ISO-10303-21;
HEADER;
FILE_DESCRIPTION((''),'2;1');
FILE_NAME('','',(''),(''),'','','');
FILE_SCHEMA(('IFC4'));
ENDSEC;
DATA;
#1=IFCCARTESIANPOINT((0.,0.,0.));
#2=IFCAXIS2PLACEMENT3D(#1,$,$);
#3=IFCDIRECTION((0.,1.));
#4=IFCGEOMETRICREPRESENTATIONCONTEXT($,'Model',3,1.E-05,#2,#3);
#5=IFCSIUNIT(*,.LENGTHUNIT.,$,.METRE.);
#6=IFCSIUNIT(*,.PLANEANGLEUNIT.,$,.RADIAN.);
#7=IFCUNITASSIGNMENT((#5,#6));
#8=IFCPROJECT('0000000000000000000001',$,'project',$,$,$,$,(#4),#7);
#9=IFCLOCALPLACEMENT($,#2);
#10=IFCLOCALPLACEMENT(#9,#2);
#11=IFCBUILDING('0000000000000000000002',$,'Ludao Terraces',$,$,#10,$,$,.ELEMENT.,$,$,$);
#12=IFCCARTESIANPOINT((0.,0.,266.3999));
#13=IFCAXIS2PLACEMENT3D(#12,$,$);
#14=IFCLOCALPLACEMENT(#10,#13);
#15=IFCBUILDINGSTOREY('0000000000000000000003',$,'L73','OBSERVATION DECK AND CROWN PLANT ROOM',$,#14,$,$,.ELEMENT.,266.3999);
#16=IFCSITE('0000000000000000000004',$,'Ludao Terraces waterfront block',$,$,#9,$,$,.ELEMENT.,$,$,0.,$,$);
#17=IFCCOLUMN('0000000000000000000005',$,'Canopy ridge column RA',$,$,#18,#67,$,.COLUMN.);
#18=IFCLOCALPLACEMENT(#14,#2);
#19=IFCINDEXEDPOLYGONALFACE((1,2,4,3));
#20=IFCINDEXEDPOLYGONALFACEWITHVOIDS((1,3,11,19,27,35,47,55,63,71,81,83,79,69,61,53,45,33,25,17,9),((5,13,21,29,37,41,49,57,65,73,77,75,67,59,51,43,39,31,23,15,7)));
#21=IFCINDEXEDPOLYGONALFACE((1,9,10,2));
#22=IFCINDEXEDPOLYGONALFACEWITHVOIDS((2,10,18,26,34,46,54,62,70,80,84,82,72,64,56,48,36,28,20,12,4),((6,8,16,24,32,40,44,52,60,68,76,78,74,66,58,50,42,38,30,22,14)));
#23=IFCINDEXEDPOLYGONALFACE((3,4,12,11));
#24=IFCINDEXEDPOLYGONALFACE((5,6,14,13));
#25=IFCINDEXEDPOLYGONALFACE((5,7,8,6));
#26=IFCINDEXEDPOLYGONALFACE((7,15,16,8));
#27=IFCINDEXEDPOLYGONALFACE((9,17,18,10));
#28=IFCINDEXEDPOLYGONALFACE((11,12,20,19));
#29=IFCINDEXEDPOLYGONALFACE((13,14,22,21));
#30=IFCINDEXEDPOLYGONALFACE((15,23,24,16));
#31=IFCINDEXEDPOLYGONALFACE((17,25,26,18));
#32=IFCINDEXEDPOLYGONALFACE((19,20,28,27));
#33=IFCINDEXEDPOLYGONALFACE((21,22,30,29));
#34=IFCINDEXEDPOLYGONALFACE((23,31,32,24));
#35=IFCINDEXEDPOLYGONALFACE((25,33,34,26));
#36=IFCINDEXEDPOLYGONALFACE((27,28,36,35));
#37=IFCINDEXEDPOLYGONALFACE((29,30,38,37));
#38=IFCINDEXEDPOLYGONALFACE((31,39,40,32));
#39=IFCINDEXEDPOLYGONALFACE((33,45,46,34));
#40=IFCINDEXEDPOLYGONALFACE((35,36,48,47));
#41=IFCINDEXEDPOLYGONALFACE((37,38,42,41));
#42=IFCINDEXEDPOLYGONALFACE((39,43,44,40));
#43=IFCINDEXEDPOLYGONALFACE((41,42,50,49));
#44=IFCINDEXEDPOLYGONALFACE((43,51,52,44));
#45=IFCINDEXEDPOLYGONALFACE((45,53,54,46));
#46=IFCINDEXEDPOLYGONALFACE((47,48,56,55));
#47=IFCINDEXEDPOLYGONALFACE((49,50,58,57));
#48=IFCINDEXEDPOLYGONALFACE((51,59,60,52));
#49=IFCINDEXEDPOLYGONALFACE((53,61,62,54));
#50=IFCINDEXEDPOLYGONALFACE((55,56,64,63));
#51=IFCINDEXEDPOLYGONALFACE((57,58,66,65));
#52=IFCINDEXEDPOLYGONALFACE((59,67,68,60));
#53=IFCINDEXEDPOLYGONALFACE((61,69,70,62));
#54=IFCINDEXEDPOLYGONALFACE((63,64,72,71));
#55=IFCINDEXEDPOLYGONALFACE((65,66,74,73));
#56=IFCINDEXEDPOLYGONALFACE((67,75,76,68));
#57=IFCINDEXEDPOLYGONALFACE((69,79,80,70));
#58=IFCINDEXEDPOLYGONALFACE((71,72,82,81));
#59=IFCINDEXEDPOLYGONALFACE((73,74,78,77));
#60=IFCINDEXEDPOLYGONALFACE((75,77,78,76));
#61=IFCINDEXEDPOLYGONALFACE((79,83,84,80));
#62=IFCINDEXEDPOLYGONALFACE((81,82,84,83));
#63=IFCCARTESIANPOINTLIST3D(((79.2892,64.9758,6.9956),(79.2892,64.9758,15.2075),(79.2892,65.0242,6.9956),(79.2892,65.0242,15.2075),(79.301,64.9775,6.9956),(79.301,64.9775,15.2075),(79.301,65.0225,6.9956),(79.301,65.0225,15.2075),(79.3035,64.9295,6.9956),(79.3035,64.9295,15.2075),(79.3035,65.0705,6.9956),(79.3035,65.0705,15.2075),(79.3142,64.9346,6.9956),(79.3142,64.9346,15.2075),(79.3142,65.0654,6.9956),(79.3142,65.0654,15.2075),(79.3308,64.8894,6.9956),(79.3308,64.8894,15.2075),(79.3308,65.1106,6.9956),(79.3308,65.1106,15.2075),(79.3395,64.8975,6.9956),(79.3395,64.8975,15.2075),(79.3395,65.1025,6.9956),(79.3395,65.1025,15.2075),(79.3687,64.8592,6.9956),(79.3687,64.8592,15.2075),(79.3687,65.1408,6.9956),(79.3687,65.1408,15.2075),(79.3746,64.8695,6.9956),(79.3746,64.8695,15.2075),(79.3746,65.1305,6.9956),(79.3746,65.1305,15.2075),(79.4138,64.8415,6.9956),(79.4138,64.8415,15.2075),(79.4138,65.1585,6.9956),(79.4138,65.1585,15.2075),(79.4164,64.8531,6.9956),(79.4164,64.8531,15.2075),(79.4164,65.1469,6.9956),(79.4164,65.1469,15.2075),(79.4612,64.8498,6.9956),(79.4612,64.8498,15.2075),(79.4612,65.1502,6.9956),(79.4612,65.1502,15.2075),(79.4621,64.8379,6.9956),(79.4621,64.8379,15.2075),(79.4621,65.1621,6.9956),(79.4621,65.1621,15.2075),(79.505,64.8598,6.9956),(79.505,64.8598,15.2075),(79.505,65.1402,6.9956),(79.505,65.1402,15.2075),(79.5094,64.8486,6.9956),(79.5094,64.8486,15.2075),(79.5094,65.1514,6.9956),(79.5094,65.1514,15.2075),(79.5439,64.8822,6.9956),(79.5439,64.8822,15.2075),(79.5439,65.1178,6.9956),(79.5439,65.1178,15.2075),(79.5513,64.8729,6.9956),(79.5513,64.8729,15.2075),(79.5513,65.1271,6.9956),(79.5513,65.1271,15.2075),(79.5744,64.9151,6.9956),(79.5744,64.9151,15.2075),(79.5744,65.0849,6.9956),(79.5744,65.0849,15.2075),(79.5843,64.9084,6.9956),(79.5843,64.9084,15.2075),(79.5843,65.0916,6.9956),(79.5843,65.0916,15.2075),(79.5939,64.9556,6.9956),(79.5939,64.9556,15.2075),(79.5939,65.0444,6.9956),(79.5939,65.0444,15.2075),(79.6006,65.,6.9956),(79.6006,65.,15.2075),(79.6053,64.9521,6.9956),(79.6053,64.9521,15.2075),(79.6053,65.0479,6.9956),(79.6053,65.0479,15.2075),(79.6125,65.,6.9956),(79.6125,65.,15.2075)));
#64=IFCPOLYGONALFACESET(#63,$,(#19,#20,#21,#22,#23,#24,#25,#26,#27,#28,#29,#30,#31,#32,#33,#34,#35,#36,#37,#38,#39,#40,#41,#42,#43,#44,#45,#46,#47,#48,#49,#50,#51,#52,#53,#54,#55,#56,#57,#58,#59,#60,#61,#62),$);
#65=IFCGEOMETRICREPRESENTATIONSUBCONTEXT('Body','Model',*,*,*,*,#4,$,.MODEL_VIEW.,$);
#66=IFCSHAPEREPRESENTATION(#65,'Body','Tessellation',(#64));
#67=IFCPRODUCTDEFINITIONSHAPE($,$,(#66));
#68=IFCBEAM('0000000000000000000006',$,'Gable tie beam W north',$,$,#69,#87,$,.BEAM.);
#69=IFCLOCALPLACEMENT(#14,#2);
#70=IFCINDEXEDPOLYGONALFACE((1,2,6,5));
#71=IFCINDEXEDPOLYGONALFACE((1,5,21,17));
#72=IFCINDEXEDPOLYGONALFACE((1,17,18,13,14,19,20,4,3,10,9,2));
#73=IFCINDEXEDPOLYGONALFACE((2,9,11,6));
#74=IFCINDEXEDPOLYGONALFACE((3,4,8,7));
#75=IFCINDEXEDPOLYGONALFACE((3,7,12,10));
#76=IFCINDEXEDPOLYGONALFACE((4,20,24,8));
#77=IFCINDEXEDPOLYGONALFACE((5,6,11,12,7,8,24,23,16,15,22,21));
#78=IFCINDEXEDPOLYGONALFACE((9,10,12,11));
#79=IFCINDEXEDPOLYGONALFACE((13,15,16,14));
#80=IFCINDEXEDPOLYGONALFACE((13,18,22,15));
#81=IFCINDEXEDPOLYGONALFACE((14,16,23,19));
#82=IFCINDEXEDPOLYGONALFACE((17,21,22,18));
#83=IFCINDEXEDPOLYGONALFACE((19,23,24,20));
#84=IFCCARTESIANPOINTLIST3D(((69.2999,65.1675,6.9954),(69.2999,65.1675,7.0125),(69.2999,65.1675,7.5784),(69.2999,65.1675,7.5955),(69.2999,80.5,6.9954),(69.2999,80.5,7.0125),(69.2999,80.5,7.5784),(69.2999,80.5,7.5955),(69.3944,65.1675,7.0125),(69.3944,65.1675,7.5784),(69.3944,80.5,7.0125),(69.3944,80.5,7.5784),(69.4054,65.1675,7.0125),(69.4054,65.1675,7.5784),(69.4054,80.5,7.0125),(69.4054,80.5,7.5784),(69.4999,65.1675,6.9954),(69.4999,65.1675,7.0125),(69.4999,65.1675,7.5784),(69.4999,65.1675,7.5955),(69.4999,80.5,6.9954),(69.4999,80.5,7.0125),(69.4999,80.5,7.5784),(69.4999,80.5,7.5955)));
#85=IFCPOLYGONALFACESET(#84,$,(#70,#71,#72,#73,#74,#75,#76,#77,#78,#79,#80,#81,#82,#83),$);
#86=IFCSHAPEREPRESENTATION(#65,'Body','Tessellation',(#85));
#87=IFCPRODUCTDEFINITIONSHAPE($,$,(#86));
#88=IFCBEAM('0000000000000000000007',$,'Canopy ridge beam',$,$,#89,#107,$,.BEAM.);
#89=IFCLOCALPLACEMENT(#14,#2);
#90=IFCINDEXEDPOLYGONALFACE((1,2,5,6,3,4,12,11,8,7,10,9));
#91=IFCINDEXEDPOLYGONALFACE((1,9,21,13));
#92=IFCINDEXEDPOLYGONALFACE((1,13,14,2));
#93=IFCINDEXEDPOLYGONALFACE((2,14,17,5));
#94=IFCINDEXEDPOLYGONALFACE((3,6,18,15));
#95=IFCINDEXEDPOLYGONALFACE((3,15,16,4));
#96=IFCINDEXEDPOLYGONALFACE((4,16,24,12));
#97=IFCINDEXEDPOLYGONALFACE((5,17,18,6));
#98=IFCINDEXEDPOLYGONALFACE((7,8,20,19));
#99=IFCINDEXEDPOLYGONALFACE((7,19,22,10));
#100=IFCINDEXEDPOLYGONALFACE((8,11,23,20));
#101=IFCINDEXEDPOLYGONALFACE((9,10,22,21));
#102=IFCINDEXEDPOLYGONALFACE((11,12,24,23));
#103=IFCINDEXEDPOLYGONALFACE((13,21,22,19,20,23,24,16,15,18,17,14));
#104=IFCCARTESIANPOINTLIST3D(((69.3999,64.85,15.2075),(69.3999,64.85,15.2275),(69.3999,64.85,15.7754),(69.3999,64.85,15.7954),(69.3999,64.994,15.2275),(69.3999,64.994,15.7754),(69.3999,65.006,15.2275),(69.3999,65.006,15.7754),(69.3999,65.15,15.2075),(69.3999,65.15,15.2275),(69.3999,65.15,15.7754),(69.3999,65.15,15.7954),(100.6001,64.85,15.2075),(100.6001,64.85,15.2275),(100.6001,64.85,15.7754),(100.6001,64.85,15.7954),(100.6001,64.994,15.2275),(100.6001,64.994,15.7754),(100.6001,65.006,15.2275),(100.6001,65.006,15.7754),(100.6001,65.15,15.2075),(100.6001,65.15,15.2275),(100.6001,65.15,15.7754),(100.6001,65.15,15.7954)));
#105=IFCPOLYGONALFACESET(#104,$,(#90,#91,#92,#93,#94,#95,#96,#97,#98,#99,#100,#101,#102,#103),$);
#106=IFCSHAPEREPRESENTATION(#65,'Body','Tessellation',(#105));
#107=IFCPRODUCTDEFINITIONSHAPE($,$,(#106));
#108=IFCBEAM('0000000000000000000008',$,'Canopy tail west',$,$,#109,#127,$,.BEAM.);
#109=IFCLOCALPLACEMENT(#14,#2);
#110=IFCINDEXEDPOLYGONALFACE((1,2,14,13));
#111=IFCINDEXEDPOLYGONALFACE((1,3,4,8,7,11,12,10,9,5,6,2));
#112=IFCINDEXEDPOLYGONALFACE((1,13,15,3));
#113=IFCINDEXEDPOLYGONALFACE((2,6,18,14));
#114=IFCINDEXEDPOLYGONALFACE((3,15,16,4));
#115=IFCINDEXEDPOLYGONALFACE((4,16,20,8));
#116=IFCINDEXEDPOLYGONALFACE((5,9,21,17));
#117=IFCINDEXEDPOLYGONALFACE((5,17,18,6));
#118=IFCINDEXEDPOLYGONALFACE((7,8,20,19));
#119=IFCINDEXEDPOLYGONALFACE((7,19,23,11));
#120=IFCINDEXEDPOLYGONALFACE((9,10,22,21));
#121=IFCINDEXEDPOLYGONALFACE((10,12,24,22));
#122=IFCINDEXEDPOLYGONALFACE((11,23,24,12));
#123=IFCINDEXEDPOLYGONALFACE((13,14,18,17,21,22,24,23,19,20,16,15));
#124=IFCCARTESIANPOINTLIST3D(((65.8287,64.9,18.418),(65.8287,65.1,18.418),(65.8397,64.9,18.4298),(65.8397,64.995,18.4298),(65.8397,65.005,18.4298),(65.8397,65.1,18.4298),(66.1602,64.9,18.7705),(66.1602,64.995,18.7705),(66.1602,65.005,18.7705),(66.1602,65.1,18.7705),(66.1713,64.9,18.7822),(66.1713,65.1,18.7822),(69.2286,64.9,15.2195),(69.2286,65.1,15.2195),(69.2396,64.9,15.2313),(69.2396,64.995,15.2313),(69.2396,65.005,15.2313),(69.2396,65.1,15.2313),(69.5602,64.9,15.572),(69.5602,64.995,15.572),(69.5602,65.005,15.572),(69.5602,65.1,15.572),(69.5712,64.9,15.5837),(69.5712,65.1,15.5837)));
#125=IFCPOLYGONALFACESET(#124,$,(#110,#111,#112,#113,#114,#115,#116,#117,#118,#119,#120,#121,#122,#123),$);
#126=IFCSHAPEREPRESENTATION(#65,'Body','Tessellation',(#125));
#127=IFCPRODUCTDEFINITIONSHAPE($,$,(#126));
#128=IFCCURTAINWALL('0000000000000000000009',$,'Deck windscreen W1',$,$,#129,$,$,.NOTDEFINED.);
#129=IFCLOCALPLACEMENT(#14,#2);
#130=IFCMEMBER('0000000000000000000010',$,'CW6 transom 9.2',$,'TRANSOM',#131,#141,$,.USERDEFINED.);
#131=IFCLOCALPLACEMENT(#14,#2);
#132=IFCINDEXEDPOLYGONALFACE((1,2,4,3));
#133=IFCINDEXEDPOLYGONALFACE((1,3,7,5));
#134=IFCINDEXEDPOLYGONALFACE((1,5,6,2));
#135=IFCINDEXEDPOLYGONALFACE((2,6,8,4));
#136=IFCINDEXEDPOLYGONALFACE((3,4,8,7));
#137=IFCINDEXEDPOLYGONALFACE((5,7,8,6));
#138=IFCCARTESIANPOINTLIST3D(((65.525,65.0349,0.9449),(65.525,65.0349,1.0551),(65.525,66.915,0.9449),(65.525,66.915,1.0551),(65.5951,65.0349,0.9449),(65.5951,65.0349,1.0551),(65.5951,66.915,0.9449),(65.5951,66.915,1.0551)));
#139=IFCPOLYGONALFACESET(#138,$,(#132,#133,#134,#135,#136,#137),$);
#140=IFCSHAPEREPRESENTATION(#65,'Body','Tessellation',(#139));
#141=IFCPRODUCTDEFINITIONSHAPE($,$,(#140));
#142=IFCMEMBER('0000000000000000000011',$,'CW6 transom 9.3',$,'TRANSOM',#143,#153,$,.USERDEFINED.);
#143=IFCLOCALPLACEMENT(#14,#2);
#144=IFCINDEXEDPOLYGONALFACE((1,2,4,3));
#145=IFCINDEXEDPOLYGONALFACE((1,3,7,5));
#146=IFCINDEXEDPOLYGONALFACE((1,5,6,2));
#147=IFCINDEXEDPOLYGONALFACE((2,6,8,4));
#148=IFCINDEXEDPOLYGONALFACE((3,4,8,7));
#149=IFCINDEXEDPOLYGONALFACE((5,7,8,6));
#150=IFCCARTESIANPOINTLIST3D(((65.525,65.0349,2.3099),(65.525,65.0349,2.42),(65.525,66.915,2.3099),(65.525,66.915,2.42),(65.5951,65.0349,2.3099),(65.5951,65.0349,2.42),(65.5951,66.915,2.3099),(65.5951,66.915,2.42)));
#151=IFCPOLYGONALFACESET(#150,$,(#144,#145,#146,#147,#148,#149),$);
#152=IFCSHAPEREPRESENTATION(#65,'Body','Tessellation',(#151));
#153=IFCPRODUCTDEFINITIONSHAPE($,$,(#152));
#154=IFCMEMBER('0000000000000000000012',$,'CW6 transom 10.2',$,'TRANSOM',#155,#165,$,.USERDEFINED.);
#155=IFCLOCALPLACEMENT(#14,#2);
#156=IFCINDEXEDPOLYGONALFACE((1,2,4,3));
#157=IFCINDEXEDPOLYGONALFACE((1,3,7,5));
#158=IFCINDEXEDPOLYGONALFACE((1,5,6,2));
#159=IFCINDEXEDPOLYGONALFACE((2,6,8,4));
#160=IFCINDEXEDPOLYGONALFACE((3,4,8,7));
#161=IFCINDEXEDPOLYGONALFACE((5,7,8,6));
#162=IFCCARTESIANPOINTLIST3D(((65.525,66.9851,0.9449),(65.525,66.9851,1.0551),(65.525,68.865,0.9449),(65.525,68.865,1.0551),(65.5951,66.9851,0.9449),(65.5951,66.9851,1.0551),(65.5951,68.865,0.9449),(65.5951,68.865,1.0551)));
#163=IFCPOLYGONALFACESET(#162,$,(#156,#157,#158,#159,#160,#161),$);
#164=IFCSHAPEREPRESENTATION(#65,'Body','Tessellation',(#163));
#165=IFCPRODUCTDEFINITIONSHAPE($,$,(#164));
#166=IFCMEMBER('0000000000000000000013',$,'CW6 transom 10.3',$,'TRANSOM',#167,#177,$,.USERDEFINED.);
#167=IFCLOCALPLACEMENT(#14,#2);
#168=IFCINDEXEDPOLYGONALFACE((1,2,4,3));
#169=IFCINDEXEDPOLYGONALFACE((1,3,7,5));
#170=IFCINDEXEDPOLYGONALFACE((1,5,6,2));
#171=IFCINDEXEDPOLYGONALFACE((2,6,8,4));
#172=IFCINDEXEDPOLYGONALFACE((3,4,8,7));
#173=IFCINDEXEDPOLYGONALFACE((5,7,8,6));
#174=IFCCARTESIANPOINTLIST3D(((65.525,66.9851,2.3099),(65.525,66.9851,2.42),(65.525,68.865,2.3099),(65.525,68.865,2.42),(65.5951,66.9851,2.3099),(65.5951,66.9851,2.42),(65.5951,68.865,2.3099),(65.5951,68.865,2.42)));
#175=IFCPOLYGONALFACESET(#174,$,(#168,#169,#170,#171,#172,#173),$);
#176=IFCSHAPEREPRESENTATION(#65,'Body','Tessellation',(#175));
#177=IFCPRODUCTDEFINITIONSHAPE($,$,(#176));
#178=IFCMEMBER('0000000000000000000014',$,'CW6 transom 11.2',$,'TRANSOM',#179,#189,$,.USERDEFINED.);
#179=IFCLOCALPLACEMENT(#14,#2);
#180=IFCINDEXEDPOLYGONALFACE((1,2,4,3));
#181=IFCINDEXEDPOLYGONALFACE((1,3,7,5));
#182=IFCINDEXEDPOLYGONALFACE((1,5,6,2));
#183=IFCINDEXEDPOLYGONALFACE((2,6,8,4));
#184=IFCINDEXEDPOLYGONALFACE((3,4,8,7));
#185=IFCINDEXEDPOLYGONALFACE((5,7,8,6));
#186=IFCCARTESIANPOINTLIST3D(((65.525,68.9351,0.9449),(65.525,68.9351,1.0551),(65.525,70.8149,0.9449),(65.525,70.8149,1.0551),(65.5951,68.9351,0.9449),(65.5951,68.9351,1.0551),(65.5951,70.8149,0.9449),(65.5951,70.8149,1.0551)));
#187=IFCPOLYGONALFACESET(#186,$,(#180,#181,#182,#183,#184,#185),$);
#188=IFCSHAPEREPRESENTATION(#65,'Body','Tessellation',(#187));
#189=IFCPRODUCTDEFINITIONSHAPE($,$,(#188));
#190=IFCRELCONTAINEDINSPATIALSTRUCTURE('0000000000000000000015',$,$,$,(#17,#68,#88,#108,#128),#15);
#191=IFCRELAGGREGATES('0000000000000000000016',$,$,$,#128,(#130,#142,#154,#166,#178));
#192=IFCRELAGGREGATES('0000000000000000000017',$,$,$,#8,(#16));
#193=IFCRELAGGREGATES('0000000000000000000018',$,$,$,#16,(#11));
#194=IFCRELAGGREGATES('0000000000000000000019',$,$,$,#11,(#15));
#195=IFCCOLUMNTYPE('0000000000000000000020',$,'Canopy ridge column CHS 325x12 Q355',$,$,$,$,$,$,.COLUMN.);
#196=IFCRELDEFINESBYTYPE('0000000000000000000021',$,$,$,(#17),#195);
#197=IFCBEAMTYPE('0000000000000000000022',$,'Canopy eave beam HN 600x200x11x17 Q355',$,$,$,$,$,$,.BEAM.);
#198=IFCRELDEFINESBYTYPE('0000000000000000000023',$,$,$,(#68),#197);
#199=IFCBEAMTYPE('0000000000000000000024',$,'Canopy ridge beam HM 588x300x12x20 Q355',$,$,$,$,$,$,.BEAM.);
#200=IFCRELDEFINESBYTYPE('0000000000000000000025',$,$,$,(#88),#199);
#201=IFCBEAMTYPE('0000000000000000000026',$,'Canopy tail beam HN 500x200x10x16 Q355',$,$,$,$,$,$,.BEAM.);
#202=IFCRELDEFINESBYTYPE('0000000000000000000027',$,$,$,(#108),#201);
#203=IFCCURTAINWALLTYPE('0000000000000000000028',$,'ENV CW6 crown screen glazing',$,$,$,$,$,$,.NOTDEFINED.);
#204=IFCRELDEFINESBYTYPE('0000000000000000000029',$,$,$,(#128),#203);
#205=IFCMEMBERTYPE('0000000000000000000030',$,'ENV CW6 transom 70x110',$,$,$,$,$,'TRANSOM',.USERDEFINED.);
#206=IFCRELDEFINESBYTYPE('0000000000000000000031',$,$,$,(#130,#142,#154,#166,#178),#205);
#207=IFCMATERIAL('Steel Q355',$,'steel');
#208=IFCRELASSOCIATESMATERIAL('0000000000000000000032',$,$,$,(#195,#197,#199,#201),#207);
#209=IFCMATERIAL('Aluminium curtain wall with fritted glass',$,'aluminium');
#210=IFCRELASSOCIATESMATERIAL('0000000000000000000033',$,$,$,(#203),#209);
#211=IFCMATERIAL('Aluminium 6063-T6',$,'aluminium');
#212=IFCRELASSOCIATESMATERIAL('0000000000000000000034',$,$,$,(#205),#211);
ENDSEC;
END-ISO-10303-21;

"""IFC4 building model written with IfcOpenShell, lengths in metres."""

from ifc_helpers import new_model, si_unit, direction, frame, origin, origin_2d, place, context, subcontext, project, spatial, rectangle, hollow_circle, i_section, extrude, material, material_profile, profile_set, type_object, element, aggregate, save


model = new_model("IFC4")

# Units and contexts
model_context = context("Model", 3, precision=1e-05, world=origin(), true_north=direction((0.0, 1.0)))
body_context = subcontext(model_context, "Body", "Model", "MODEL_VIEW")
ifc_project = project(units=[si_unit("LENGTHUNIT", "METRE"), si_unit("PLANEANGLEUNIT", "RADIAN")], contexts=[model_context])

# Site, building, storey
site_placement = place(None, origin())
site = spatial("IfcSite", under=ifc_project, at=site_placement, Name="Ludao Terraces waterfront block", CompositionType="ELEMENT", RefElevation=0.0)
building_placement = place(site_placement, origin())
building = spatial("IfcBuilding", under=site, at=building_placement, Name="Ludao Terraces", CompositionType="ELEMENT")
storey_placement = place(building_placement, frame((0.0, 0.0, 266.3999)))
storey = spatial("IfcBuildingStorey", under=building, at=storey_placement, Name="L73", Description="OBSERVATION DECK AND CROWN PLANT ROOM", CompositionType="ELEMENT", Elevation=266.3999)

# Column
ifc_material_1 = material(Name="Steel Q355", Category="steel")
ifc_material_profile_1 = material_profile(ifc_material_1, hollow_circle(Radius=0.1626, WallThickness=0.012, at=origin_2d()), Name="CHS 325X12")
ifc_profile_set_1 = profile_set([ifc_material_profile_1], Name="Steel Q355")
column_type = type_object("IfcColumnType", Name="Canopy ridge column CHS 325x12 Q355", PredefinedType="COLUMN", material=ifc_profile_set_1)
column_placement = place(storey_placement, frame((79.45, 65.0, 6.9956), z_axis=(0.0, 0.0, 1.0), x_axis=(1.0, 0.0, 0.0)))
element("IfcColumn", 1, at=column_placement, inside=storey, type_object=column_type, Name="Canopy ridge column RA", PredefinedType="COLUMN", context=body_context, shape_type="SweptSolid", body=[
    extrude(hollow_circle(Radius=0.1626, WallThickness=0.012, at=origin_2d()), origin(), (0.0, 0.0, 1.0), 8.2119),
])

# Beams
ifc_material_profile_2 = material_profile(ifc_material_1, i_section(OverallWidth=0.2, OverallDepth=0.6001, WebThickness=0.011, FlangeThickness=0.0171, at=origin_2d()), Name="HN 600X200X11X17")
ifc_profile_set_2 = profile_set([ifc_material_profile_2], Name="Steel Q355")
beam_type_1 = type_object("IfcBeamType", Name="Canopy eave beam HN 600x200x11x17 Q355", PredefinedType="BEAM", material=ifc_profile_set_2)
beam_1_placement = place(storey_placement, frame((69.3999, 65.1675, 7.2954), z_axis=(0.0, 1.0, 0.0), x_axis=(-1.0, 0.0, 0.0)))
element("IfcBeam", 2, at=beam_1_placement, inside=storey, type_object=beam_type_1, Name="Gable tie beam W north", PredefinedType="BEAM", context=body_context, shape_type="SweptSolid", body=[
    extrude(i_section(OverallWidth=0.2, OverallDepth=0.6001, WebThickness=0.011, FlangeThickness=0.0171, at=origin_2d()), origin(), (0.0, 0.0, 1.0), 15.3325),
])
ifc_material_profile_3 = material_profile(ifc_material_1, i_section(OverallWidth=0.3, OverallDepth=0.5879, WebThickness=0.012, FlangeThickness=0.02, at=origin_2d()), Name="HM 588X300X12X20")
ifc_profile_set_3 = profile_set([ifc_material_profile_3], Name="Steel Q355")
beam_type_2 = type_object("IfcBeamType", Name="Canopy ridge beam HM 588x300x12x20 Q355", PredefinedType="BEAM", material=ifc_profile_set_3)
beam_2_placement = place(storey_placement, frame((69.3999, 65.0, 15.5015), z_axis=(1.0, 0.0, 0.0), x_axis=(0.0, 1.0, 0.0)))
element("IfcBeam", 3, at=beam_2_placement, inside=storey, type_object=beam_type_2, Name="Canopy ridge beam", PredefinedType="BEAM", context=body_context, shape_type="SweptSolid", body=[
    extrude(i_section(OverallWidth=0.3, OverallDepth=0.5879, WebThickness=0.012, FlangeThickness=0.02, at=origin_2d()), origin(), (0.0, 0.0, 1.0), 31.2002),
])
ifc_material_profile_4 = material_profile(ifc_material_1, i_section(OverallWidth=0.2, OverallDepth=0.5, WebThickness=0.01, FlangeThickness=0.0161, at=origin_2d()), Name="HN 500X200X10X16")
ifc_profile_set_4 = profile_set([ifc_material_profile_4], Name="Steel Q355")
beam_type_3 = type_object("IfcBeamType", Name="Canopy tail beam HN 500x200x10x16 Q355", PredefinedType="BEAM", material=ifc_profile_set_4)
beam_3_placement = place(storey_placement, frame((69.3999, 65.0, 15.4016), z_axis=(-0.728352, 0.0, 0.685203), x_axis=(0.0, -1.0, 0.0)))
element("IfcBeam", 4, at=beam_3_placement, inside=storey, type_object=beam_type_3, Name="Canopy tail west", PredefinedType="BEAM", context=body_context, shape_type="SweptSolid", body=[
    extrude(i_section(OverallWidth=0.2, OverallDepth=0.5, WebThickness=0.01, FlangeThickness=0.0161, at=origin_2d()), origin(), (0.0, 0.0, 1.0), 4.668),
])

# Curtain wall, members
ifc_material_2 = material(Name="Aluminium curtain wall with fritted glass", Category="aluminium")
curtain_wall_type = type_object("IfcCurtainWallType", Name="ENV CW6 crown screen glazing", PredefinedType="NOTDEFINED", material=ifc_material_2)
curtain_wall_placement = place(storey_placement, origin())
curtain_wall = element("IfcCurtainWall", 5, at=curtain_wall_placement, inside=storey, type_object=curtain_wall_type, Name="Deck windscreen W1", PredefinedType="NOTDEFINED")
ifc_material_3 = material(Name="Aluminium 6063-T6", Category="aluminium")
ifc_material_profile_5 = material_profile(ifc_material_3, rectangle(XDim=0.0701, YDim=0.1101, at=origin_2d()), Name="70 X 110")
ifc_profile_set_5 = profile_set([ifc_material_profile_5], Name="Aluminium 6063-T6")
member_type = type_object("IfcMemberType", Name="ENV CW6 transom 70x110", ElementType="TRANSOM", PredefinedType="USERDEFINED", material=ifc_profile_set_5)
member_1_placement = place(storey_placement, frame((65.5601, 65.0349, 1.0), z_axis=(0.0, 1.0, 0.0), x_axis=(-1.0, 0.0, 0.0)))
member_1 = element("IfcMember", 6, at=member_1_placement, type_object=member_type, Name="CW6 transom 9.2", ObjectType="TRANSOM", PredefinedType="USERDEFINED", context=body_context, shape_type="SweptSolid", body=[
    extrude(rectangle(XDim=0.0701, YDim=0.1101, at=origin_2d()), origin(), (0.0, 0.0, 1.0), 1.8801),
])
member_2_placement = place(storey_placement, frame((65.5601, 65.0349, 2.365), z_axis=(0.0, 1.0, 0.0), x_axis=(-1.0, 0.0, 0.0)))
member_2 = element("IfcMember", 7, at=member_2_placement, type_object=member_type, Name="CW6 transom 9.3", ObjectType="TRANSOM", PredefinedType="USERDEFINED", context=body_context, shape_type="SweptSolid", body=[
    extrude(rectangle(XDim=0.0701, YDim=0.1101, at=origin_2d()), origin(), (0.0, 0.0, 1.0), 1.8801),
])
member_3_placement = place(storey_placement, frame((65.5601, 66.9851, 1.0), z_axis=(0.0, 1.0, 0.0), x_axis=(-1.0, 0.0, 0.0)))
member_3 = element("IfcMember", 8, at=member_3_placement, type_object=member_type, Name="CW6 transom 10.2", ObjectType="TRANSOM", PredefinedType="USERDEFINED", context=body_context, shape_type="SweptSolid", body=[
    extrude(rectangle(XDim=0.0701, YDim=0.1101, at=origin_2d()), origin(), (0.0, 0.0, 1.0), 1.8799),
])
member_4_placement = place(storey_placement, frame((65.5601, 66.9851, 2.365), z_axis=(0.0, 1.0, 0.0), x_axis=(-1.0, 0.0, 0.0)))
member_4 = element("IfcMember", 9, at=member_4_placement, type_object=member_type, Name="CW6 transom 10.3", ObjectType="TRANSOM", PredefinedType="USERDEFINED", context=body_context, shape_type="SweptSolid", body=[
    extrude(rectangle(XDim=0.0701, YDim=0.1101, at=origin_2d()), origin(), (0.0, 0.0, 1.0), 1.8799),
])
member_5_placement = place(storey_placement, frame((65.5601, 68.9351, 1.0), z_axis=(0.0, 1.0, 0.0), x_axis=(-1.0, 0.0, 0.0)))
member_5 = element("IfcMember", 10, at=member_5_placement, type_object=member_type, Name="CW6 transom 11.2", ObjectType="TRANSOM", PredefinedType="USERDEFINED", context=body_context, shape_type="SweptSolid", body=[
    extrude(rectangle(XDim=0.0701, YDim=0.1101, at=origin_2d()), origin(), (0.0, 0.0, 1.0), 1.8799),
])
aggregate(curtain_wall, [member_1, member_2, member_3, member_4, member_5])

save(model, "model.ifc")
